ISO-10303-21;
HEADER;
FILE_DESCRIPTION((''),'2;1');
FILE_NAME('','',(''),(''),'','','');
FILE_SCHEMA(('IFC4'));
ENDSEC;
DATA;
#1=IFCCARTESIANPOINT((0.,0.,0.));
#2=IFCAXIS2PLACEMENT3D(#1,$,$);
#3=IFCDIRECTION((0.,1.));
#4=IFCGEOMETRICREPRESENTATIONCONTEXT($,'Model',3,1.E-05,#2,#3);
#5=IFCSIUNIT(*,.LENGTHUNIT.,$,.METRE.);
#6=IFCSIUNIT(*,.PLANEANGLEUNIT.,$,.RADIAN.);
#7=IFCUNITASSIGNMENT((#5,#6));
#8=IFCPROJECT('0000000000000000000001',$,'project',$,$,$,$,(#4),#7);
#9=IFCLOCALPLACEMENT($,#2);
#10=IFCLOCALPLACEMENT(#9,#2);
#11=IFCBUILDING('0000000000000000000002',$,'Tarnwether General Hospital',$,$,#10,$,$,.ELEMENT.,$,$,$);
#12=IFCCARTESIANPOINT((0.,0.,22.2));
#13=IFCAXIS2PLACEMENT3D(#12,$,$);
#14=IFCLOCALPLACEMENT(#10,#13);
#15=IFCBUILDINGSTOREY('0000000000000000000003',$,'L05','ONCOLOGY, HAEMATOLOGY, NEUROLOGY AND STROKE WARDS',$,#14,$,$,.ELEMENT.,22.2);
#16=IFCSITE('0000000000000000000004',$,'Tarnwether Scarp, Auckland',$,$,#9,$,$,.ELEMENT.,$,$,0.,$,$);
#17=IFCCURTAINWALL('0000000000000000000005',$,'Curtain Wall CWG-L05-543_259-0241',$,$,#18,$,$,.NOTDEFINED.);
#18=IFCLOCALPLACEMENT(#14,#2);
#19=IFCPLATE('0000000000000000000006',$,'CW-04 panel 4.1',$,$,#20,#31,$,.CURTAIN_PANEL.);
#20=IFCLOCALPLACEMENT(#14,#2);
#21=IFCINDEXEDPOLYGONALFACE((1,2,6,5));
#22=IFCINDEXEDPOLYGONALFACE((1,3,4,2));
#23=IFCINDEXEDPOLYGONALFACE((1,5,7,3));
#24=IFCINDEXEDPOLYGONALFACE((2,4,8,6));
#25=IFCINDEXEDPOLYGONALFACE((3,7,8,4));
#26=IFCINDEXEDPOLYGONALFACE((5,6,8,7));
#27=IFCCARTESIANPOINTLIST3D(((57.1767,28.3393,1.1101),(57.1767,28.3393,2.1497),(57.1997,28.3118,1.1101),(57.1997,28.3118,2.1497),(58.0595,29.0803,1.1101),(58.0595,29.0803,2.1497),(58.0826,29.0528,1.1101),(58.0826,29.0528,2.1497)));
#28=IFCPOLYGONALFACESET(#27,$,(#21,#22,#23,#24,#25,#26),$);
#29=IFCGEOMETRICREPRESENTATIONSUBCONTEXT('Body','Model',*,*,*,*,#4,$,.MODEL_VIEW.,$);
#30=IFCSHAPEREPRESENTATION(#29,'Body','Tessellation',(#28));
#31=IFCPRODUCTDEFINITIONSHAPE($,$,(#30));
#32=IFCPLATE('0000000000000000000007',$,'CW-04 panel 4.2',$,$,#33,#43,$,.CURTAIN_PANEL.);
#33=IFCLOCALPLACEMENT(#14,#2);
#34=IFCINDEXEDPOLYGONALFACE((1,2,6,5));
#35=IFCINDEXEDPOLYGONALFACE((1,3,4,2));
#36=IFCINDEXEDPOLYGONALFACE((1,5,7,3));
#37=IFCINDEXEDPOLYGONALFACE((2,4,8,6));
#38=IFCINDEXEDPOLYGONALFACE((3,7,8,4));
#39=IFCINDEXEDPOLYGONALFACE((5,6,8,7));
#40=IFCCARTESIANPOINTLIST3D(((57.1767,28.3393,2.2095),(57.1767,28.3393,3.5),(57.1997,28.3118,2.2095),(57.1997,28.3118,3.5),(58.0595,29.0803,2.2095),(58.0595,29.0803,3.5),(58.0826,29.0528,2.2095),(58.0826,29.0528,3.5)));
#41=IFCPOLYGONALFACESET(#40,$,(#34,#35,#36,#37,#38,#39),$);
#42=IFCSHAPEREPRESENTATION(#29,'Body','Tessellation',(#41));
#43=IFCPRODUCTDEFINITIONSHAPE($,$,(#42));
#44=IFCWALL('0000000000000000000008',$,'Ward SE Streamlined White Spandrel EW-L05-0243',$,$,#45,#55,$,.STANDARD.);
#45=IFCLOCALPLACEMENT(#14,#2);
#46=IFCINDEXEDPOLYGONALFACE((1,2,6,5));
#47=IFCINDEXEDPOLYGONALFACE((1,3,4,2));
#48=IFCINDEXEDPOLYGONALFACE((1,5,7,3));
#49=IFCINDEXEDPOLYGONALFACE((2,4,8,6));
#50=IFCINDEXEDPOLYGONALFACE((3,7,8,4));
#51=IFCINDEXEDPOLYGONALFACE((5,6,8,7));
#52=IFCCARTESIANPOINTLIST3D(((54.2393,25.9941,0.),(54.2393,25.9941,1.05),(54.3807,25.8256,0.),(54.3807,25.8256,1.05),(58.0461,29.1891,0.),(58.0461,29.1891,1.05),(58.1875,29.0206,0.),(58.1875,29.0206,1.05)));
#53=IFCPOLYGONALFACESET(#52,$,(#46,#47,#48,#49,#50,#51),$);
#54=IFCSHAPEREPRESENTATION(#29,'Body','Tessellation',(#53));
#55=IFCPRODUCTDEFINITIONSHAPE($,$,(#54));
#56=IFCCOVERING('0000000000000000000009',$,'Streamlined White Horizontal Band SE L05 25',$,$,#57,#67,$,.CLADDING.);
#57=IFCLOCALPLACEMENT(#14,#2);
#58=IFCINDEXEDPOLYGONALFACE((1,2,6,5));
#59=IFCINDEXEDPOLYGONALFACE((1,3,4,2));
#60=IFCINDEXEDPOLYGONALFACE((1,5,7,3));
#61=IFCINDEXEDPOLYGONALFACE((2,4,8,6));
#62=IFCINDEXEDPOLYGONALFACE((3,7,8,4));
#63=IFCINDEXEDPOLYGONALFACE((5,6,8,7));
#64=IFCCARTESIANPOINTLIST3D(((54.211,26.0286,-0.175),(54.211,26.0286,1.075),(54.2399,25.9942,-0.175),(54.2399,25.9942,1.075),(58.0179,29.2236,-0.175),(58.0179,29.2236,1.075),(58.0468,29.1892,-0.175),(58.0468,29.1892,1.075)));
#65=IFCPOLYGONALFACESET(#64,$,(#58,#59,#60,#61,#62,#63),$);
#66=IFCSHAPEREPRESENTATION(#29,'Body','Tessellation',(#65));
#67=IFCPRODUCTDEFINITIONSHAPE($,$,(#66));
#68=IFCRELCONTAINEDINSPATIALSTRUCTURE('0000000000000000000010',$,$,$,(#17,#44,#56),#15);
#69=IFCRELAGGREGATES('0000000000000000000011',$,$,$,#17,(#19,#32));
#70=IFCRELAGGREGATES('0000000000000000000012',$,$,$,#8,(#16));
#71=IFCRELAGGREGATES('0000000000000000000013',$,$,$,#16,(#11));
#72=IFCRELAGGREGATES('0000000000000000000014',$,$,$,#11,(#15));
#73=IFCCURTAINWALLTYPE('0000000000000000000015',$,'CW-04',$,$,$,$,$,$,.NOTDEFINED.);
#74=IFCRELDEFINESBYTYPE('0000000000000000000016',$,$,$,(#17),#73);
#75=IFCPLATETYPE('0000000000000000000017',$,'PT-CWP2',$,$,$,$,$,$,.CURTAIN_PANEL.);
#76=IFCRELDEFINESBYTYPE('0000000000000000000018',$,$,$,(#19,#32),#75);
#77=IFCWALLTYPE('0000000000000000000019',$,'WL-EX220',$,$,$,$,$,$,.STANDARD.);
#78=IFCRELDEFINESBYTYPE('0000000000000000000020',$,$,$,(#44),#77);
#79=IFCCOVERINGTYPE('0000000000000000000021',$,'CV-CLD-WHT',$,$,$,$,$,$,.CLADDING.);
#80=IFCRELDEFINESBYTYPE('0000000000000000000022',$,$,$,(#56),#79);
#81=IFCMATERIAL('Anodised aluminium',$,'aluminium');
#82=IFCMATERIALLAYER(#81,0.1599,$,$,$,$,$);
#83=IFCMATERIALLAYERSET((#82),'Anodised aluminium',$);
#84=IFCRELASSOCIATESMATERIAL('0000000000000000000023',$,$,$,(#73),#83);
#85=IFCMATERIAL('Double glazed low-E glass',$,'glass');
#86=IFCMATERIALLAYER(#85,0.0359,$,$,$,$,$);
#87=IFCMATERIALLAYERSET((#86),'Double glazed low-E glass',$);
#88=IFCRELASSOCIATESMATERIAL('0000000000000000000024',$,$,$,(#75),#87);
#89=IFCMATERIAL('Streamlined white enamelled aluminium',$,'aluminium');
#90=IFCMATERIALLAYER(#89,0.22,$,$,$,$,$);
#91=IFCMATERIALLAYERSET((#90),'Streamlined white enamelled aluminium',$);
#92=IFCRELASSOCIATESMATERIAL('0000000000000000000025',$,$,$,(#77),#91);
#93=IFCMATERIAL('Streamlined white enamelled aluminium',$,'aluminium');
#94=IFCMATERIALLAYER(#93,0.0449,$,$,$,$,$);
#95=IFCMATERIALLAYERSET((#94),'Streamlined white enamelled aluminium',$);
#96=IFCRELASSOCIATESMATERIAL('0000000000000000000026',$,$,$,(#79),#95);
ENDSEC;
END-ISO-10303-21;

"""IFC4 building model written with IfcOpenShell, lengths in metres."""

from ifc_helpers import new_model, si_unit, direction, frame, frame_2d, origin, origin_2d, place, context, subcontext, project, spatial, rectangle, extrude, material, layer, layer_set, type_object, element, aggregate, save


model = new_model("IFC4")

# Units and contexts
model_context = context("Model", 3, precision=1e-05, world=origin(), true_north=direction((0.0, 1.0)))
body_context = subcontext(model_context, "Body", "Model", "MODEL_VIEW")
ifc_project = project(units=[si_unit("LENGTHUNIT", "METRE"), si_unit("PLANEANGLEUNIT", "RADIAN")], contexts=[model_context])

# Site, building, storey
site_placement = place(None, origin())
site = spatial("IfcSite", under=ifc_project, at=site_placement, Name="Tarnwether Scarp, Auckland", CompositionType="ELEMENT", RefElevation=0.0)
building_placement = place(site_placement, origin())
building = spatial("IfcBuilding", under=site, at=building_placement, Name="Tarnwether General Hospital", CompositionType="ELEMENT")
storey_placement = place(building_placement, frame((0.0, 0.0, 22.2)))
storey = spatial("IfcBuildingStorey", under=building, at=storey_placement, Name="L05", Description="ONCOLOGY, HAEMATOLOGY, NEUROLOGY AND STROKE WARDS", CompositionType="ELEMENT", Elevation=22.2)

# Curtain wall
ifc_material_1 = material(Name="Anodised aluminium", Category="aluminium")
ifc_layer_1 = layer(ifc_material_1, 0.1599)
ifc_layer_set_1 = layer_set([ifc_layer_1], Name="Anodised aluminium")
curtain_wall_type = type_object("IfcCurtainWallType", Name="CW-04", PredefinedType="NOTDEFINED", material=ifc_layer_set_1)
curtain_wall_1_placement = place(storey_placement, origin())
curtain_wall_1 = element("IfcCurtainWall", 1, at=curtain_wall_1_placement, inside=storey, type_object=curtain_wall_type, Name="Curtain Wall CWG-L05-543_259-0241", PredefinedType="NOTDEFINED")

# Plates
ifc_material_2 = material(Name="Double glazed low-E glass", Category="glass")
ifc_layer_2 = layer(ifc_material_2, 0.0359)
ifc_layer_set_2 = layer_set([ifc_layer_2], Name="Double glazed low-E glass")
plate_type_1 = type_object("IfcPlateType", Name="PT-CWP2", PredefinedType="CURTAIN_PANEL", material=ifc_layer_set_2)
plate_1_placement = place(storey_placement, frame((57.6296, 28.696, 1.1101), z_axis=(0.0, 0.0, 1.0), x_axis=(0.76599, 0.642852, 0.0)))
plate_1 = element("IfcPlate", 2, at=plate_1_placement, type_object=plate_type_1, Name="CW-04 panel 4.1", PredefinedType="CURTAIN_PANEL", context=body_context, shape_type="SweptSolid", body=[
    extrude(rectangle(XDim=1.1526, YDim=0.0359, at=origin_2d()), origin(), (0.0, 0.0, 1.0), 1.0396),
])
plate_2_placement = place(storey_placement, frame((57.6296, 28.696, 2.2095), z_axis=(0.0, 0.0, 1.0), x_axis=(0.76599, 0.642852, 0.0)))
plate_2 = element("IfcPlate", 3, at=plate_2_placement, type_object=plate_type_1, Name="CW-04 panel 4.2", PredefinedType="CURTAIN_PANEL", context=body_context, shape_type="SweptSolid", body=[
    extrude(rectangle(XDim=1.1526, YDim=0.0359, at=origin_2d()), origin(), (0.0, 0.0, 1.0), 1.2905),
])
aggregate(curtain_wall_1, [plate_1, plate_2])

# Wall
ifc_material_3 = material(Name="Streamlined white enamelled aluminium", Category="aluminium")
ifc_layer_3 = layer(ifc_material_3, 0.22)
ifc_layer_set_3 = layer_set([ifc_layer_3], Name="Streamlined white enamelled aluminium")
wall_type = type_object("IfcWallType", Name="WL-EX220", PredefinedType="STANDARD", material=ifc_layer_set_3)
wall_placement = place(storey_placement, frame((54.3101, 25.9099, 0.0), z_axis=(0.0, 0.0, 1.0), x_axis=(0.765974, 0.642872, 0.0)))
element("IfcWall", 4, at=wall_placement, inside=storey, type_object=wall_type, Name="Ward SE Streamlined White Spandrel EW-L05-0243", PredefinedType="STANDARD", context=body_context, shape_type="SweptSolid", body=[
    extrude(rectangle(XDim=4.97, YDim=0.22, at=frame_2d((2.4849, 0.0))), origin(), (0.0, 0.0, 1.0), 1.05),
])

# Covering
ifc_material_4 = material(Name="Streamlined white enamelled aluminium", Category="aluminium")
ifc_layer_4 = layer(ifc_material_4, 0.0449)
ifc_layer_set_4 = layer_set([ifc_layer_4], Name="Streamlined white enamelled aluminium")
covering_type = type_object("IfcCoveringType", Name="CV-CLD-WHT", PredefinedType="CLADDING", material=ifc_layer_set_4)
covering_placement = place(storey_placement, frame((56.1289, 27.6089, -0.175), z_axis=(0.0, 0.0, 1.0), x_axis=(0.765988, 0.642854, 0.0)))
element("IfcCovering", 5, at=covering_placement, inside=storey, type_object=covering_type, Name="Streamlined White Horizontal Band SE L05 25", PredefinedType="CLADDING", context=body_context, shape_type="SweptSolid", body=[
    extrude(rectangle(XDim=4.97, YDim=0.0449, at=origin_2d()), origin(), (0.0, 0.0, 1.0), 1.25),
])

save(model, "model.ifc")
